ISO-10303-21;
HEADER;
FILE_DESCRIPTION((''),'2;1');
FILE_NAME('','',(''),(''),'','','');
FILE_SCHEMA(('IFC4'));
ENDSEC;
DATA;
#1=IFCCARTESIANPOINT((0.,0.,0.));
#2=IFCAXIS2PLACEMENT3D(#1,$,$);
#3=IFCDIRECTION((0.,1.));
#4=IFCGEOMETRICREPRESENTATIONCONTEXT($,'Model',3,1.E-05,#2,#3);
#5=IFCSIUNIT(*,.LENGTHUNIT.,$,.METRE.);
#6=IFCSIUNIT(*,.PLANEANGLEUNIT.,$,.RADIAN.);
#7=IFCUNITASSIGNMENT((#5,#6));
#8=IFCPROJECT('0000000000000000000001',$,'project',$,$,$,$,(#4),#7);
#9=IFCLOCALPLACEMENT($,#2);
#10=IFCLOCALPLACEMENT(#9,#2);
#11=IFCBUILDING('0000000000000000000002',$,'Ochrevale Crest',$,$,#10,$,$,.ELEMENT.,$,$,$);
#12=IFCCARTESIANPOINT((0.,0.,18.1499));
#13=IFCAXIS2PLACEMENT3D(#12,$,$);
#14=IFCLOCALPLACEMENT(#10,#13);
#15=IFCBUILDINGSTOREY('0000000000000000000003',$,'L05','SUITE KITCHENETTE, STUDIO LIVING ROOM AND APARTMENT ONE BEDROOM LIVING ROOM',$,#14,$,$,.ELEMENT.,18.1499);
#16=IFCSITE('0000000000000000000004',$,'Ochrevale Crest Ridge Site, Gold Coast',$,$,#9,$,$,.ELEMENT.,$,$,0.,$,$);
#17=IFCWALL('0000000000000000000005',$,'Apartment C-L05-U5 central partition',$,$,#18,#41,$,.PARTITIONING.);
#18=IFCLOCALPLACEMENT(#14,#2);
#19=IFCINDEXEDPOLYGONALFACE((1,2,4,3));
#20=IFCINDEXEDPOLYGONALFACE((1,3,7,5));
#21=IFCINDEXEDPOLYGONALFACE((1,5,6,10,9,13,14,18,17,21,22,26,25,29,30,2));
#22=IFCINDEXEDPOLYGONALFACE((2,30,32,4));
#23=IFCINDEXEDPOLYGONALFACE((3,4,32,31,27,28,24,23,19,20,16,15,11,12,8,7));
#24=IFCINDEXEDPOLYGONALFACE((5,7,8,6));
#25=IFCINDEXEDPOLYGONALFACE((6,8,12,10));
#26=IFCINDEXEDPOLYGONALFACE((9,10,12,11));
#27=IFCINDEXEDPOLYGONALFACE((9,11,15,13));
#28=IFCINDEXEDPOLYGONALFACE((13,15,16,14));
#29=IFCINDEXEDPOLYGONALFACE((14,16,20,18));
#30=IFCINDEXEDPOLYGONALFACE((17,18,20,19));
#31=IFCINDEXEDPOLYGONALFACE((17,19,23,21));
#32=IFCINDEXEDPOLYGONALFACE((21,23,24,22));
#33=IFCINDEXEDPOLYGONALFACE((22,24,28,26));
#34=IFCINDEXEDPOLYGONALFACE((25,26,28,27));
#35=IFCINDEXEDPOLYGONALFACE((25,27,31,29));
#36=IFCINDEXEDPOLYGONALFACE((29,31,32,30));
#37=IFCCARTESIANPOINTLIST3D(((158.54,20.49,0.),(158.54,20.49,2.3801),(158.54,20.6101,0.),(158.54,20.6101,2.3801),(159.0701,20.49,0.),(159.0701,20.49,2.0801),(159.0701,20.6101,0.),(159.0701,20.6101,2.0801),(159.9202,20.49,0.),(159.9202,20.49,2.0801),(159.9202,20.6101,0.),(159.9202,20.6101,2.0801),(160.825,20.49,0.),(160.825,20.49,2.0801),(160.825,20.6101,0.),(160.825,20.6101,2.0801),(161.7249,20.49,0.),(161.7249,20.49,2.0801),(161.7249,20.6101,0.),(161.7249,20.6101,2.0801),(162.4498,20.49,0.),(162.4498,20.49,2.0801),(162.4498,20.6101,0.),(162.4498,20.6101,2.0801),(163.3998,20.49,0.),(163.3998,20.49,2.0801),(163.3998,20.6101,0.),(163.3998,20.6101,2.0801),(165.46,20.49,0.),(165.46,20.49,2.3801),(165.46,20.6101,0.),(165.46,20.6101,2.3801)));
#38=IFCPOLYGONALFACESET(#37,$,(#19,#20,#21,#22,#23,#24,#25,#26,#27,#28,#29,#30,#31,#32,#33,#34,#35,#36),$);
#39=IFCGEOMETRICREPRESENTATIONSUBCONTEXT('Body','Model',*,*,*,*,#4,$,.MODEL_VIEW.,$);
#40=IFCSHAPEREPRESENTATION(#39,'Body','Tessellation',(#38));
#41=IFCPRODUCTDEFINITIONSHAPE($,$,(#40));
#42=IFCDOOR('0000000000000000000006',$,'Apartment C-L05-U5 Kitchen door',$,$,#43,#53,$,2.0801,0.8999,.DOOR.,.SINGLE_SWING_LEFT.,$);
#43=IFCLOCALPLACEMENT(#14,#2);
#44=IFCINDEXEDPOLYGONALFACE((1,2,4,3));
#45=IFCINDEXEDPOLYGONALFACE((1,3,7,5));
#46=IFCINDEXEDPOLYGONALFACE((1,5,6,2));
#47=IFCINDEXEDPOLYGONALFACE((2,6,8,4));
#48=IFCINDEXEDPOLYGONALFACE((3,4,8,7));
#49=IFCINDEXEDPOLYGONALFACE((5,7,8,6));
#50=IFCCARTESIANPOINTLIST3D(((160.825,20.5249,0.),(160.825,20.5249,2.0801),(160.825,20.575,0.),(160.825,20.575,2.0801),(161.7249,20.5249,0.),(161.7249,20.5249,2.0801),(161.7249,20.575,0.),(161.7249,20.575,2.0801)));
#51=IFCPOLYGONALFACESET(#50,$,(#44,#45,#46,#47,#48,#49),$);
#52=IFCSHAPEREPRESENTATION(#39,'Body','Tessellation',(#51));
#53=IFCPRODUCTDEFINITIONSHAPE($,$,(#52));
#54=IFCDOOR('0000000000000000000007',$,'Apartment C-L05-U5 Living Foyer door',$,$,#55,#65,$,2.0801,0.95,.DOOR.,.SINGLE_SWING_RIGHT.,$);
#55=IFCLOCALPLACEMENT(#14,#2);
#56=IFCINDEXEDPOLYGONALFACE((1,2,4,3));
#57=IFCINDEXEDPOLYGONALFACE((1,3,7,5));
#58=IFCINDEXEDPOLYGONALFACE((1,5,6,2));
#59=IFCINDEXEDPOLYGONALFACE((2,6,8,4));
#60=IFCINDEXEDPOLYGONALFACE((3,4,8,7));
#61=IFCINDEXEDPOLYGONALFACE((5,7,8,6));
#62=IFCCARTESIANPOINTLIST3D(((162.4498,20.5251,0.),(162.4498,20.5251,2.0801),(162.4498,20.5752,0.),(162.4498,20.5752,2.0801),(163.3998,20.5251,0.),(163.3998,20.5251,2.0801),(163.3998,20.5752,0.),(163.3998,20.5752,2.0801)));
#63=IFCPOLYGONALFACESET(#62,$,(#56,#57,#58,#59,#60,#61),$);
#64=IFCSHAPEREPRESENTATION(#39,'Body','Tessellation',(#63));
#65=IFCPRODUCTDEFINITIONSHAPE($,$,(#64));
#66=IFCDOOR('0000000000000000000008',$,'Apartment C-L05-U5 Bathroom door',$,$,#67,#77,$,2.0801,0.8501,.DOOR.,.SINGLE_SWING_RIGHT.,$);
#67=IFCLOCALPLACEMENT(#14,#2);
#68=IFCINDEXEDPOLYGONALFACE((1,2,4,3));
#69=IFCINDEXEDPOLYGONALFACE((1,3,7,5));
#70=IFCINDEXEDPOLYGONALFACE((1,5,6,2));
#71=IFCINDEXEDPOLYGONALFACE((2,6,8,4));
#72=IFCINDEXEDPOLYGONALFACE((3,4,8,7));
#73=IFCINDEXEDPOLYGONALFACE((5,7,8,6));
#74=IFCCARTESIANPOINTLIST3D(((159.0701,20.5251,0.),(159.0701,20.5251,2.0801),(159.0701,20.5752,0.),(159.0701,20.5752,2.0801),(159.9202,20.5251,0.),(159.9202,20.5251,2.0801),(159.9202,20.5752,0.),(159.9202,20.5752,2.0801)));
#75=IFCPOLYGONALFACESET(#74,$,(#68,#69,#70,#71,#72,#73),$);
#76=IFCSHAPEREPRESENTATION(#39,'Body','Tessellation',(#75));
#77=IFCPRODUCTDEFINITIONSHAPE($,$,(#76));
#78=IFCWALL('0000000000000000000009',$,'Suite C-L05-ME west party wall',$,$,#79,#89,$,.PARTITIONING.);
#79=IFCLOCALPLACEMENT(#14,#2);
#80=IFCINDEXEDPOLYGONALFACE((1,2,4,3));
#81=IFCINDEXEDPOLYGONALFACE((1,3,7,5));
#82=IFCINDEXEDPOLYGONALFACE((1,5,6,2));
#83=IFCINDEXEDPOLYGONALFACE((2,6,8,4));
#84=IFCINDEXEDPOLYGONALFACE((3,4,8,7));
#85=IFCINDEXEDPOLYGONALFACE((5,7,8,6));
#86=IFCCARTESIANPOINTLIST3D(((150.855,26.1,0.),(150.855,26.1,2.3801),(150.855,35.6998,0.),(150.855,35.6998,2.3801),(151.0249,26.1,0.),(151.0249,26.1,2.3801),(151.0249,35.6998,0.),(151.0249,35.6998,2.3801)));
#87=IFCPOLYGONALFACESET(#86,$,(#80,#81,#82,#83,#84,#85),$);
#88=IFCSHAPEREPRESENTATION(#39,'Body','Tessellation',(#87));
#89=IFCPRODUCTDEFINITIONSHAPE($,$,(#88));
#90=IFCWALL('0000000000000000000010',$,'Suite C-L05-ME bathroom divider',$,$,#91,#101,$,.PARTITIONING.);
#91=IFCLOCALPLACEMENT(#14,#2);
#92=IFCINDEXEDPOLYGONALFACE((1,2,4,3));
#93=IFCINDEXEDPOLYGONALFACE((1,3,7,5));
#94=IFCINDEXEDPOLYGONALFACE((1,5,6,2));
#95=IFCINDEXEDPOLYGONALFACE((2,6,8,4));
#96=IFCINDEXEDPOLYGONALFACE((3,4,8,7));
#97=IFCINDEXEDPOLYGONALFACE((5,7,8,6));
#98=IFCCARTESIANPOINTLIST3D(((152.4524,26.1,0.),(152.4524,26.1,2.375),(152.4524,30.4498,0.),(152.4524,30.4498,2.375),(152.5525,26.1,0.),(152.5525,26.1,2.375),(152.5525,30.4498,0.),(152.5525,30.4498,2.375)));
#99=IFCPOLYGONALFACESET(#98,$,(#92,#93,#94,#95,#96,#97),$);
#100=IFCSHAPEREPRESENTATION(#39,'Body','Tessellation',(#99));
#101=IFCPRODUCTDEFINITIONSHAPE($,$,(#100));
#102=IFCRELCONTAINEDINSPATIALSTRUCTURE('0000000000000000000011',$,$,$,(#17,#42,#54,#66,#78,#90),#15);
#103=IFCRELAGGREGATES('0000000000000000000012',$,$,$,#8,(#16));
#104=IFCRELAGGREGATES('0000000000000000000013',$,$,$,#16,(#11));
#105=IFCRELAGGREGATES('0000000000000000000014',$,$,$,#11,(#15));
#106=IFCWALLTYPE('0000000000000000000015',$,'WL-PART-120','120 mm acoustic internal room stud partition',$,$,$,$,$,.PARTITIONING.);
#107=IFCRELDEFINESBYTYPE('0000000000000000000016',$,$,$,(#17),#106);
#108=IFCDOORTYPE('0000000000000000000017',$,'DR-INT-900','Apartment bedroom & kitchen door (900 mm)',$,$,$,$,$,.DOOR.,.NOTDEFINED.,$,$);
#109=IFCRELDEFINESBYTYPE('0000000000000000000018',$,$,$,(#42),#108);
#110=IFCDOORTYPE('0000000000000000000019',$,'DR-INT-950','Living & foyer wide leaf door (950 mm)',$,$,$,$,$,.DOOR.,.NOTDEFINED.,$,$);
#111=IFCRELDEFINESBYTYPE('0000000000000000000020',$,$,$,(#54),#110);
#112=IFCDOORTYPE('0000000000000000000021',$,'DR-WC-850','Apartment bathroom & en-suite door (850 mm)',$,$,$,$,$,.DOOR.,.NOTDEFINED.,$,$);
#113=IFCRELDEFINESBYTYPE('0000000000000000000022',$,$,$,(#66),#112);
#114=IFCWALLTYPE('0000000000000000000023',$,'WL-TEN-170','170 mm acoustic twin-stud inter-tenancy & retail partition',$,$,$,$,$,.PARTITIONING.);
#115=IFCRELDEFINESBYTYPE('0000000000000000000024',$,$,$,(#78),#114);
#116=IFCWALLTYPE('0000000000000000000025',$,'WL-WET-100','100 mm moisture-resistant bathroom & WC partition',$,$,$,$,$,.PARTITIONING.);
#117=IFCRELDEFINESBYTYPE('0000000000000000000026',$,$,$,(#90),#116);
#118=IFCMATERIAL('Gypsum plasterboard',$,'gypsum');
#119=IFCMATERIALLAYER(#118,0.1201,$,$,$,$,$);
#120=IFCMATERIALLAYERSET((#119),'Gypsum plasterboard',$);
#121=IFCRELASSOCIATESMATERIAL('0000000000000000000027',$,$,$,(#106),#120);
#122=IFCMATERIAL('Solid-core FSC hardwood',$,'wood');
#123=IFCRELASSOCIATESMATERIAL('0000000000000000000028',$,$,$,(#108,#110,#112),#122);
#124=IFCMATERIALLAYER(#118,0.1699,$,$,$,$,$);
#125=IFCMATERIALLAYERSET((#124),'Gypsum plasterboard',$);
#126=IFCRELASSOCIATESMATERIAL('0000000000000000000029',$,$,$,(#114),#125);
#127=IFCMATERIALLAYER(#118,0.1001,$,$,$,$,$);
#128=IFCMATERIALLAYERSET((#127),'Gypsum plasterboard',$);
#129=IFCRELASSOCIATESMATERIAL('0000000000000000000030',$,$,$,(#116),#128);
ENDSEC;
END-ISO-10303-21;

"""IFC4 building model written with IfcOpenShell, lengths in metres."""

from ifc_helpers import new_model, si_unit, direction, frame, frame_2d, origin, place, context, subcontext, project, spatial, rectangle, extrude, material, layer, layer_set, type_object, element, fill, save


model = new_model("IFC4")

# Units and contexts
model_context = context("Model", 3, precision=1e-05, world=origin(), true_north=direction((0.0, 1.0)))
body_context = subcontext(model_context, "Body", "Model", "MODEL_VIEW")
ifc_project = project(units=[si_unit("LENGTHUNIT", "METRE"), si_unit("PLANEANGLEUNIT", "RADIAN")], contexts=[model_context])

# Site, building, storey
site_placement = place(None, origin())
site = spatial("IfcSite", under=ifc_project, at=site_placement, Name="Ochrevale Crest Ridge Site, Gold Coast", CompositionType="ELEMENT", RefElevation=0.0)
building_placement = place(site_placement, origin())
building = spatial("IfcBuilding", under=site, at=building_placement, Name="Ochrevale Crest", CompositionType="ELEMENT")
storey_placement = place(building_placement, frame((0.0, 0.0, 18.1499)))
storey = spatial("IfcBuildingStorey", under=building, at=storey_placement, Name="L05", Description="SUITE KITCHENETTE, STUDIO LIVING ROOM AND APARTMENT ONE BEDROOM LIVING ROOM", CompositionType="ELEMENT", Elevation=18.1499)

# Shared definitions
ifc_material_1 = material(Name="Gypsum plasterboard", Category="gypsum")
ifc_material_2 = material(Name="Solid-core FSC hardwood", Category="wood")

# Shared definitions
ifc_layer_1 = layer(ifc_material_1, 0.1201)
ifc_layer_set_1 = layer_set([ifc_layer_1], Name="Gypsum plasterboard")
wall_type_1 = type_object("IfcWallType", Name="WL-PART-120", Description="120 mm acoustic internal room stud partition", PredefinedType="PARTITIONING", material=ifc_layer_set_1)

# Wall, openings, doors
wall_1_placement = place(storey_placement, frame((158.54, 20.55, 0.0), z_axis=(0.0, 0.0, 1.0), x_axis=(1.0, 0.0, 0.0)))
wall_1 = element("IfcWall", 1, at=wall_1_placement, inside=storey, type_object=wall_type_1, Name="Apartment C-L05-U5 central partition", PredefinedType="PARTITIONING", context=body_context, shape_type="SweptSolid", body=[
    extrude(rectangle(XDim=6.9199, YDim=0.1201, at=frame_2d((3.46, 0.0))), origin(), (0.0, 0.0, 1.0), 2.3801),
])
opening_1_placement = place(wall_1_placement, frame((1.3801, 0.0, 0.0), z_axis=(0.0, 0.0, 1.0), x_axis=(-1.0, 0.0, 0.0)))
opening_1 = element("IfcOpeningElement", 2, at=opening_1_placement, cuts=wall_1, PredefinedType="OPENING", context=body_context, shape_type="SweptSolid", body=[
    extrude(rectangle(XDim=0.8501, YDim=2.0801, at=frame_2d((0.425, 1.04))), frame((0.0, 0.0701, 0.0), z_axis=(0.0, -1.0, 0.0), x_axis=(1.0, 0.0, 0.0)), (0.0, 0.0, 1.0), 0.1401),
])
opening_2_placement = place(wall_1_placement, frame((2.2849, 0.0, 0.0)))
opening_2 = element("IfcOpeningElement", 3, at=opening_2_placement, cuts=wall_1, PredefinedType="OPENING", context=body_context, shape_type="SweptSolid", body=[
    extrude(rectangle(XDim=0.8999, YDim=2.0801, at=frame_2d((0.45, 1.04))), frame((0.0, 0.0701, 0.0), z_axis=(0.0, -1.0, 0.0), x_axis=(1.0, 0.0, 0.0)), (0.0, 0.0, 1.0), 0.1401),
])
opening_3_placement = place(wall_1_placement, frame((4.8599, 0.0, 0.0), z_axis=(0.0, 0.0, 1.0), x_axis=(-1.0, 0.0, 0.0)))
opening_3 = element("IfcOpeningElement", 4, at=opening_3_placement, cuts=wall_1, PredefinedType="OPENING", context=body_context, shape_type="SweptSolid", body=[
    extrude(rectangle(XDim=0.95, YDim=2.0801, at=frame_2d((0.4751, 1.04))), frame((0.0, 0.0701, 0.0), z_axis=(0.0, -1.0, 0.0), x_axis=(1.0, 0.0, 0.0)), (0.0, 0.0, 1.0), 0.1401),
])
door_type_1 = type_object("IfcDoorType", Name="DR-INT-900", Description="Apartment bedroom & kitchen door (900 mm)", OperationType="NOTDEFINED", PredefinedType="DOOR", material=ifc_material_2)
door_1_placement = place(opening_2_placement, origin())
door_1 = element("IfcDoor", 5, at=door_1_placement, inside=storey, type_object=door_type_1, Name="Apartment C-L05-U5 Kitchen door", OperationType="SINGLE_SWING_LEFT", OverallHeight=2.0801, OverallWidth=0.8999, PredefinedType="DOOR", context=body_context, shape_type="SweptSolid", body=[
    extrude(rectangle(XDim=0.8999, YDim=2.0801, at=frame_2d((0.45, 1.04))), frame((0.0, 0.0249, 0.0), z_axis=(0.0, -1.0, 0.0), x_axis=(1.0, 0.0, 0.0)), (0.0, 0.0, 1.0), 0.05),
])
fill(opening_2, door_1)
door_type_2 = type_object("IfcDoorType", Name="DR-INT-950", Description="Living & foyer wide leaf door (950 mm)", OperationType="NOTDEFINED", PredefinedType="DOOR", material=ifc_material_2)
door_2_placement = place(opening_3_placement, origin())
door_2 = element("IfcDoor", 6, at=door_2_placement, inside=storey, type_object=door_type_2, Name="Apartment C-L05-U5 Living Foyer door", OperationType="SINGLE_SWING_RIGHT", OverallHeight=2.0801, OverallWidth=0.95, PredefinedType="DOOR", context=body_context, shape_type="SweptSolid", body=[
    extrude(rectangle(XDim=0.95, YDim=2.0801, at=frame_2d((0.4751, 1.04))), frame((0.0, 0.0249, 0.0), z_axis=(0.0, -1.0, 0.0), x_axis=(1.0, 0.0, 0.0)), (0.0, 0.0, 1.0), 0.05),
])
fill(opening_3, door_2)
door_type_3 = type_object("IfcDoorType", Name="DR-WC-850", Description="Apartment bathroom & en-suite door (850 mm)", OperationType="NOTDEFINED", PredefinedType="DOOR", material=ifc_material_2)
door_3_placement = place(opening_1_placement, origin())
door_3 = element("IfcDoor", 7, at=door_3_placement, inside=storey, type_object=door_type_3, Name="Apartment C-L05-U5 Bathroom door", OperationType="SINGLE_SWING_RIGHT", OverallHeight=2.0801, OverallWidth=0.8501, PredefinedType="DOOR", context=body_context, shape_type="SweptSolid", body=[
    extrude(rectangle(XDim=0.8501, YDim=2.0801, at=frame_2d((0.425, 1.04))), frame((0.0, 0.0249, 0.0), z_axis=(0.0, -1.0, 0.0), x_axis=(1.0, 0.0, 0.0)), (0.0, 0.0, 1.0), 0.05),
])
fill(opening_1, door_3)

# Walls
ifc_layer_2 = layer(ifc_material_1, 0.1699)
ifc_layer_set_2 = layer_set([ifc_layer_2], Name="Gypsum plasterboard")
wall_type_2 = type_object("IfcWallType", Name="WL-TEN-170", Description="170 mm acoustic twin-stud inter-tenancy & retail partition", PredefinedType="PARTITIONING", material=ifc_layer_set_2)
wall_2_placement = place(storey_placement, frame((150.9399, 26.1001, 0.0), z_axis=(0.0, 0.0, 1.0), x_axis=(0.0, 1.0, 0.0)))
element("IfcWall", 8, at=wall_2_placement, inside=storey, type_object=wall_type_2, Name="Suite C-L05-ME west party wall", PredefinedType="PARTITIONING", context=body_context, shape_type="SweptSolid", body=[
    extrude(rectangle(XDim=9.5999, YDim=0.1699, at=frame_2d((4.7998, 0.0))), origin(), (0.0, 0.0, 1.0), 2.3801),
])
ifc_layer_3 = layer(ifc_material_1, 0.1001)
ifc_layer_set_3 = layer_set([ifc_layer_3], Name="Gypsum plasterboard")
wall_type_3 = type_object("IfcWallType", Name="WL-WET-100", Description="100 mm moisture-resistant bathroom & WC partition", PredefinedType="PARTITIONING", material=ifc_layer_set_3)
wall_3_placement = place(storey_placement, frame((152.5024, 26.1001, 0.0), z_axis=(0.0, 0.0, 1.0), x_axis=(0.0, 1.0, 0.0)))
element("IfcWall", 9, at=wall_3_placement, inside=storey, type_object=wall_type_3, Name="Suite C-L05-ME bathroom divider", PredefinedType="PARTITIONING", context=body_context, shape_type="SweptSolid", body=[
    extrude(rectangle(XDim=4.3499, YDim=0.1001, at=frame_2d((2.1748, 0.0))), origin(), (0.0, 0.0, 1.0), 2.375),
])

save(model, "model.ifc")
